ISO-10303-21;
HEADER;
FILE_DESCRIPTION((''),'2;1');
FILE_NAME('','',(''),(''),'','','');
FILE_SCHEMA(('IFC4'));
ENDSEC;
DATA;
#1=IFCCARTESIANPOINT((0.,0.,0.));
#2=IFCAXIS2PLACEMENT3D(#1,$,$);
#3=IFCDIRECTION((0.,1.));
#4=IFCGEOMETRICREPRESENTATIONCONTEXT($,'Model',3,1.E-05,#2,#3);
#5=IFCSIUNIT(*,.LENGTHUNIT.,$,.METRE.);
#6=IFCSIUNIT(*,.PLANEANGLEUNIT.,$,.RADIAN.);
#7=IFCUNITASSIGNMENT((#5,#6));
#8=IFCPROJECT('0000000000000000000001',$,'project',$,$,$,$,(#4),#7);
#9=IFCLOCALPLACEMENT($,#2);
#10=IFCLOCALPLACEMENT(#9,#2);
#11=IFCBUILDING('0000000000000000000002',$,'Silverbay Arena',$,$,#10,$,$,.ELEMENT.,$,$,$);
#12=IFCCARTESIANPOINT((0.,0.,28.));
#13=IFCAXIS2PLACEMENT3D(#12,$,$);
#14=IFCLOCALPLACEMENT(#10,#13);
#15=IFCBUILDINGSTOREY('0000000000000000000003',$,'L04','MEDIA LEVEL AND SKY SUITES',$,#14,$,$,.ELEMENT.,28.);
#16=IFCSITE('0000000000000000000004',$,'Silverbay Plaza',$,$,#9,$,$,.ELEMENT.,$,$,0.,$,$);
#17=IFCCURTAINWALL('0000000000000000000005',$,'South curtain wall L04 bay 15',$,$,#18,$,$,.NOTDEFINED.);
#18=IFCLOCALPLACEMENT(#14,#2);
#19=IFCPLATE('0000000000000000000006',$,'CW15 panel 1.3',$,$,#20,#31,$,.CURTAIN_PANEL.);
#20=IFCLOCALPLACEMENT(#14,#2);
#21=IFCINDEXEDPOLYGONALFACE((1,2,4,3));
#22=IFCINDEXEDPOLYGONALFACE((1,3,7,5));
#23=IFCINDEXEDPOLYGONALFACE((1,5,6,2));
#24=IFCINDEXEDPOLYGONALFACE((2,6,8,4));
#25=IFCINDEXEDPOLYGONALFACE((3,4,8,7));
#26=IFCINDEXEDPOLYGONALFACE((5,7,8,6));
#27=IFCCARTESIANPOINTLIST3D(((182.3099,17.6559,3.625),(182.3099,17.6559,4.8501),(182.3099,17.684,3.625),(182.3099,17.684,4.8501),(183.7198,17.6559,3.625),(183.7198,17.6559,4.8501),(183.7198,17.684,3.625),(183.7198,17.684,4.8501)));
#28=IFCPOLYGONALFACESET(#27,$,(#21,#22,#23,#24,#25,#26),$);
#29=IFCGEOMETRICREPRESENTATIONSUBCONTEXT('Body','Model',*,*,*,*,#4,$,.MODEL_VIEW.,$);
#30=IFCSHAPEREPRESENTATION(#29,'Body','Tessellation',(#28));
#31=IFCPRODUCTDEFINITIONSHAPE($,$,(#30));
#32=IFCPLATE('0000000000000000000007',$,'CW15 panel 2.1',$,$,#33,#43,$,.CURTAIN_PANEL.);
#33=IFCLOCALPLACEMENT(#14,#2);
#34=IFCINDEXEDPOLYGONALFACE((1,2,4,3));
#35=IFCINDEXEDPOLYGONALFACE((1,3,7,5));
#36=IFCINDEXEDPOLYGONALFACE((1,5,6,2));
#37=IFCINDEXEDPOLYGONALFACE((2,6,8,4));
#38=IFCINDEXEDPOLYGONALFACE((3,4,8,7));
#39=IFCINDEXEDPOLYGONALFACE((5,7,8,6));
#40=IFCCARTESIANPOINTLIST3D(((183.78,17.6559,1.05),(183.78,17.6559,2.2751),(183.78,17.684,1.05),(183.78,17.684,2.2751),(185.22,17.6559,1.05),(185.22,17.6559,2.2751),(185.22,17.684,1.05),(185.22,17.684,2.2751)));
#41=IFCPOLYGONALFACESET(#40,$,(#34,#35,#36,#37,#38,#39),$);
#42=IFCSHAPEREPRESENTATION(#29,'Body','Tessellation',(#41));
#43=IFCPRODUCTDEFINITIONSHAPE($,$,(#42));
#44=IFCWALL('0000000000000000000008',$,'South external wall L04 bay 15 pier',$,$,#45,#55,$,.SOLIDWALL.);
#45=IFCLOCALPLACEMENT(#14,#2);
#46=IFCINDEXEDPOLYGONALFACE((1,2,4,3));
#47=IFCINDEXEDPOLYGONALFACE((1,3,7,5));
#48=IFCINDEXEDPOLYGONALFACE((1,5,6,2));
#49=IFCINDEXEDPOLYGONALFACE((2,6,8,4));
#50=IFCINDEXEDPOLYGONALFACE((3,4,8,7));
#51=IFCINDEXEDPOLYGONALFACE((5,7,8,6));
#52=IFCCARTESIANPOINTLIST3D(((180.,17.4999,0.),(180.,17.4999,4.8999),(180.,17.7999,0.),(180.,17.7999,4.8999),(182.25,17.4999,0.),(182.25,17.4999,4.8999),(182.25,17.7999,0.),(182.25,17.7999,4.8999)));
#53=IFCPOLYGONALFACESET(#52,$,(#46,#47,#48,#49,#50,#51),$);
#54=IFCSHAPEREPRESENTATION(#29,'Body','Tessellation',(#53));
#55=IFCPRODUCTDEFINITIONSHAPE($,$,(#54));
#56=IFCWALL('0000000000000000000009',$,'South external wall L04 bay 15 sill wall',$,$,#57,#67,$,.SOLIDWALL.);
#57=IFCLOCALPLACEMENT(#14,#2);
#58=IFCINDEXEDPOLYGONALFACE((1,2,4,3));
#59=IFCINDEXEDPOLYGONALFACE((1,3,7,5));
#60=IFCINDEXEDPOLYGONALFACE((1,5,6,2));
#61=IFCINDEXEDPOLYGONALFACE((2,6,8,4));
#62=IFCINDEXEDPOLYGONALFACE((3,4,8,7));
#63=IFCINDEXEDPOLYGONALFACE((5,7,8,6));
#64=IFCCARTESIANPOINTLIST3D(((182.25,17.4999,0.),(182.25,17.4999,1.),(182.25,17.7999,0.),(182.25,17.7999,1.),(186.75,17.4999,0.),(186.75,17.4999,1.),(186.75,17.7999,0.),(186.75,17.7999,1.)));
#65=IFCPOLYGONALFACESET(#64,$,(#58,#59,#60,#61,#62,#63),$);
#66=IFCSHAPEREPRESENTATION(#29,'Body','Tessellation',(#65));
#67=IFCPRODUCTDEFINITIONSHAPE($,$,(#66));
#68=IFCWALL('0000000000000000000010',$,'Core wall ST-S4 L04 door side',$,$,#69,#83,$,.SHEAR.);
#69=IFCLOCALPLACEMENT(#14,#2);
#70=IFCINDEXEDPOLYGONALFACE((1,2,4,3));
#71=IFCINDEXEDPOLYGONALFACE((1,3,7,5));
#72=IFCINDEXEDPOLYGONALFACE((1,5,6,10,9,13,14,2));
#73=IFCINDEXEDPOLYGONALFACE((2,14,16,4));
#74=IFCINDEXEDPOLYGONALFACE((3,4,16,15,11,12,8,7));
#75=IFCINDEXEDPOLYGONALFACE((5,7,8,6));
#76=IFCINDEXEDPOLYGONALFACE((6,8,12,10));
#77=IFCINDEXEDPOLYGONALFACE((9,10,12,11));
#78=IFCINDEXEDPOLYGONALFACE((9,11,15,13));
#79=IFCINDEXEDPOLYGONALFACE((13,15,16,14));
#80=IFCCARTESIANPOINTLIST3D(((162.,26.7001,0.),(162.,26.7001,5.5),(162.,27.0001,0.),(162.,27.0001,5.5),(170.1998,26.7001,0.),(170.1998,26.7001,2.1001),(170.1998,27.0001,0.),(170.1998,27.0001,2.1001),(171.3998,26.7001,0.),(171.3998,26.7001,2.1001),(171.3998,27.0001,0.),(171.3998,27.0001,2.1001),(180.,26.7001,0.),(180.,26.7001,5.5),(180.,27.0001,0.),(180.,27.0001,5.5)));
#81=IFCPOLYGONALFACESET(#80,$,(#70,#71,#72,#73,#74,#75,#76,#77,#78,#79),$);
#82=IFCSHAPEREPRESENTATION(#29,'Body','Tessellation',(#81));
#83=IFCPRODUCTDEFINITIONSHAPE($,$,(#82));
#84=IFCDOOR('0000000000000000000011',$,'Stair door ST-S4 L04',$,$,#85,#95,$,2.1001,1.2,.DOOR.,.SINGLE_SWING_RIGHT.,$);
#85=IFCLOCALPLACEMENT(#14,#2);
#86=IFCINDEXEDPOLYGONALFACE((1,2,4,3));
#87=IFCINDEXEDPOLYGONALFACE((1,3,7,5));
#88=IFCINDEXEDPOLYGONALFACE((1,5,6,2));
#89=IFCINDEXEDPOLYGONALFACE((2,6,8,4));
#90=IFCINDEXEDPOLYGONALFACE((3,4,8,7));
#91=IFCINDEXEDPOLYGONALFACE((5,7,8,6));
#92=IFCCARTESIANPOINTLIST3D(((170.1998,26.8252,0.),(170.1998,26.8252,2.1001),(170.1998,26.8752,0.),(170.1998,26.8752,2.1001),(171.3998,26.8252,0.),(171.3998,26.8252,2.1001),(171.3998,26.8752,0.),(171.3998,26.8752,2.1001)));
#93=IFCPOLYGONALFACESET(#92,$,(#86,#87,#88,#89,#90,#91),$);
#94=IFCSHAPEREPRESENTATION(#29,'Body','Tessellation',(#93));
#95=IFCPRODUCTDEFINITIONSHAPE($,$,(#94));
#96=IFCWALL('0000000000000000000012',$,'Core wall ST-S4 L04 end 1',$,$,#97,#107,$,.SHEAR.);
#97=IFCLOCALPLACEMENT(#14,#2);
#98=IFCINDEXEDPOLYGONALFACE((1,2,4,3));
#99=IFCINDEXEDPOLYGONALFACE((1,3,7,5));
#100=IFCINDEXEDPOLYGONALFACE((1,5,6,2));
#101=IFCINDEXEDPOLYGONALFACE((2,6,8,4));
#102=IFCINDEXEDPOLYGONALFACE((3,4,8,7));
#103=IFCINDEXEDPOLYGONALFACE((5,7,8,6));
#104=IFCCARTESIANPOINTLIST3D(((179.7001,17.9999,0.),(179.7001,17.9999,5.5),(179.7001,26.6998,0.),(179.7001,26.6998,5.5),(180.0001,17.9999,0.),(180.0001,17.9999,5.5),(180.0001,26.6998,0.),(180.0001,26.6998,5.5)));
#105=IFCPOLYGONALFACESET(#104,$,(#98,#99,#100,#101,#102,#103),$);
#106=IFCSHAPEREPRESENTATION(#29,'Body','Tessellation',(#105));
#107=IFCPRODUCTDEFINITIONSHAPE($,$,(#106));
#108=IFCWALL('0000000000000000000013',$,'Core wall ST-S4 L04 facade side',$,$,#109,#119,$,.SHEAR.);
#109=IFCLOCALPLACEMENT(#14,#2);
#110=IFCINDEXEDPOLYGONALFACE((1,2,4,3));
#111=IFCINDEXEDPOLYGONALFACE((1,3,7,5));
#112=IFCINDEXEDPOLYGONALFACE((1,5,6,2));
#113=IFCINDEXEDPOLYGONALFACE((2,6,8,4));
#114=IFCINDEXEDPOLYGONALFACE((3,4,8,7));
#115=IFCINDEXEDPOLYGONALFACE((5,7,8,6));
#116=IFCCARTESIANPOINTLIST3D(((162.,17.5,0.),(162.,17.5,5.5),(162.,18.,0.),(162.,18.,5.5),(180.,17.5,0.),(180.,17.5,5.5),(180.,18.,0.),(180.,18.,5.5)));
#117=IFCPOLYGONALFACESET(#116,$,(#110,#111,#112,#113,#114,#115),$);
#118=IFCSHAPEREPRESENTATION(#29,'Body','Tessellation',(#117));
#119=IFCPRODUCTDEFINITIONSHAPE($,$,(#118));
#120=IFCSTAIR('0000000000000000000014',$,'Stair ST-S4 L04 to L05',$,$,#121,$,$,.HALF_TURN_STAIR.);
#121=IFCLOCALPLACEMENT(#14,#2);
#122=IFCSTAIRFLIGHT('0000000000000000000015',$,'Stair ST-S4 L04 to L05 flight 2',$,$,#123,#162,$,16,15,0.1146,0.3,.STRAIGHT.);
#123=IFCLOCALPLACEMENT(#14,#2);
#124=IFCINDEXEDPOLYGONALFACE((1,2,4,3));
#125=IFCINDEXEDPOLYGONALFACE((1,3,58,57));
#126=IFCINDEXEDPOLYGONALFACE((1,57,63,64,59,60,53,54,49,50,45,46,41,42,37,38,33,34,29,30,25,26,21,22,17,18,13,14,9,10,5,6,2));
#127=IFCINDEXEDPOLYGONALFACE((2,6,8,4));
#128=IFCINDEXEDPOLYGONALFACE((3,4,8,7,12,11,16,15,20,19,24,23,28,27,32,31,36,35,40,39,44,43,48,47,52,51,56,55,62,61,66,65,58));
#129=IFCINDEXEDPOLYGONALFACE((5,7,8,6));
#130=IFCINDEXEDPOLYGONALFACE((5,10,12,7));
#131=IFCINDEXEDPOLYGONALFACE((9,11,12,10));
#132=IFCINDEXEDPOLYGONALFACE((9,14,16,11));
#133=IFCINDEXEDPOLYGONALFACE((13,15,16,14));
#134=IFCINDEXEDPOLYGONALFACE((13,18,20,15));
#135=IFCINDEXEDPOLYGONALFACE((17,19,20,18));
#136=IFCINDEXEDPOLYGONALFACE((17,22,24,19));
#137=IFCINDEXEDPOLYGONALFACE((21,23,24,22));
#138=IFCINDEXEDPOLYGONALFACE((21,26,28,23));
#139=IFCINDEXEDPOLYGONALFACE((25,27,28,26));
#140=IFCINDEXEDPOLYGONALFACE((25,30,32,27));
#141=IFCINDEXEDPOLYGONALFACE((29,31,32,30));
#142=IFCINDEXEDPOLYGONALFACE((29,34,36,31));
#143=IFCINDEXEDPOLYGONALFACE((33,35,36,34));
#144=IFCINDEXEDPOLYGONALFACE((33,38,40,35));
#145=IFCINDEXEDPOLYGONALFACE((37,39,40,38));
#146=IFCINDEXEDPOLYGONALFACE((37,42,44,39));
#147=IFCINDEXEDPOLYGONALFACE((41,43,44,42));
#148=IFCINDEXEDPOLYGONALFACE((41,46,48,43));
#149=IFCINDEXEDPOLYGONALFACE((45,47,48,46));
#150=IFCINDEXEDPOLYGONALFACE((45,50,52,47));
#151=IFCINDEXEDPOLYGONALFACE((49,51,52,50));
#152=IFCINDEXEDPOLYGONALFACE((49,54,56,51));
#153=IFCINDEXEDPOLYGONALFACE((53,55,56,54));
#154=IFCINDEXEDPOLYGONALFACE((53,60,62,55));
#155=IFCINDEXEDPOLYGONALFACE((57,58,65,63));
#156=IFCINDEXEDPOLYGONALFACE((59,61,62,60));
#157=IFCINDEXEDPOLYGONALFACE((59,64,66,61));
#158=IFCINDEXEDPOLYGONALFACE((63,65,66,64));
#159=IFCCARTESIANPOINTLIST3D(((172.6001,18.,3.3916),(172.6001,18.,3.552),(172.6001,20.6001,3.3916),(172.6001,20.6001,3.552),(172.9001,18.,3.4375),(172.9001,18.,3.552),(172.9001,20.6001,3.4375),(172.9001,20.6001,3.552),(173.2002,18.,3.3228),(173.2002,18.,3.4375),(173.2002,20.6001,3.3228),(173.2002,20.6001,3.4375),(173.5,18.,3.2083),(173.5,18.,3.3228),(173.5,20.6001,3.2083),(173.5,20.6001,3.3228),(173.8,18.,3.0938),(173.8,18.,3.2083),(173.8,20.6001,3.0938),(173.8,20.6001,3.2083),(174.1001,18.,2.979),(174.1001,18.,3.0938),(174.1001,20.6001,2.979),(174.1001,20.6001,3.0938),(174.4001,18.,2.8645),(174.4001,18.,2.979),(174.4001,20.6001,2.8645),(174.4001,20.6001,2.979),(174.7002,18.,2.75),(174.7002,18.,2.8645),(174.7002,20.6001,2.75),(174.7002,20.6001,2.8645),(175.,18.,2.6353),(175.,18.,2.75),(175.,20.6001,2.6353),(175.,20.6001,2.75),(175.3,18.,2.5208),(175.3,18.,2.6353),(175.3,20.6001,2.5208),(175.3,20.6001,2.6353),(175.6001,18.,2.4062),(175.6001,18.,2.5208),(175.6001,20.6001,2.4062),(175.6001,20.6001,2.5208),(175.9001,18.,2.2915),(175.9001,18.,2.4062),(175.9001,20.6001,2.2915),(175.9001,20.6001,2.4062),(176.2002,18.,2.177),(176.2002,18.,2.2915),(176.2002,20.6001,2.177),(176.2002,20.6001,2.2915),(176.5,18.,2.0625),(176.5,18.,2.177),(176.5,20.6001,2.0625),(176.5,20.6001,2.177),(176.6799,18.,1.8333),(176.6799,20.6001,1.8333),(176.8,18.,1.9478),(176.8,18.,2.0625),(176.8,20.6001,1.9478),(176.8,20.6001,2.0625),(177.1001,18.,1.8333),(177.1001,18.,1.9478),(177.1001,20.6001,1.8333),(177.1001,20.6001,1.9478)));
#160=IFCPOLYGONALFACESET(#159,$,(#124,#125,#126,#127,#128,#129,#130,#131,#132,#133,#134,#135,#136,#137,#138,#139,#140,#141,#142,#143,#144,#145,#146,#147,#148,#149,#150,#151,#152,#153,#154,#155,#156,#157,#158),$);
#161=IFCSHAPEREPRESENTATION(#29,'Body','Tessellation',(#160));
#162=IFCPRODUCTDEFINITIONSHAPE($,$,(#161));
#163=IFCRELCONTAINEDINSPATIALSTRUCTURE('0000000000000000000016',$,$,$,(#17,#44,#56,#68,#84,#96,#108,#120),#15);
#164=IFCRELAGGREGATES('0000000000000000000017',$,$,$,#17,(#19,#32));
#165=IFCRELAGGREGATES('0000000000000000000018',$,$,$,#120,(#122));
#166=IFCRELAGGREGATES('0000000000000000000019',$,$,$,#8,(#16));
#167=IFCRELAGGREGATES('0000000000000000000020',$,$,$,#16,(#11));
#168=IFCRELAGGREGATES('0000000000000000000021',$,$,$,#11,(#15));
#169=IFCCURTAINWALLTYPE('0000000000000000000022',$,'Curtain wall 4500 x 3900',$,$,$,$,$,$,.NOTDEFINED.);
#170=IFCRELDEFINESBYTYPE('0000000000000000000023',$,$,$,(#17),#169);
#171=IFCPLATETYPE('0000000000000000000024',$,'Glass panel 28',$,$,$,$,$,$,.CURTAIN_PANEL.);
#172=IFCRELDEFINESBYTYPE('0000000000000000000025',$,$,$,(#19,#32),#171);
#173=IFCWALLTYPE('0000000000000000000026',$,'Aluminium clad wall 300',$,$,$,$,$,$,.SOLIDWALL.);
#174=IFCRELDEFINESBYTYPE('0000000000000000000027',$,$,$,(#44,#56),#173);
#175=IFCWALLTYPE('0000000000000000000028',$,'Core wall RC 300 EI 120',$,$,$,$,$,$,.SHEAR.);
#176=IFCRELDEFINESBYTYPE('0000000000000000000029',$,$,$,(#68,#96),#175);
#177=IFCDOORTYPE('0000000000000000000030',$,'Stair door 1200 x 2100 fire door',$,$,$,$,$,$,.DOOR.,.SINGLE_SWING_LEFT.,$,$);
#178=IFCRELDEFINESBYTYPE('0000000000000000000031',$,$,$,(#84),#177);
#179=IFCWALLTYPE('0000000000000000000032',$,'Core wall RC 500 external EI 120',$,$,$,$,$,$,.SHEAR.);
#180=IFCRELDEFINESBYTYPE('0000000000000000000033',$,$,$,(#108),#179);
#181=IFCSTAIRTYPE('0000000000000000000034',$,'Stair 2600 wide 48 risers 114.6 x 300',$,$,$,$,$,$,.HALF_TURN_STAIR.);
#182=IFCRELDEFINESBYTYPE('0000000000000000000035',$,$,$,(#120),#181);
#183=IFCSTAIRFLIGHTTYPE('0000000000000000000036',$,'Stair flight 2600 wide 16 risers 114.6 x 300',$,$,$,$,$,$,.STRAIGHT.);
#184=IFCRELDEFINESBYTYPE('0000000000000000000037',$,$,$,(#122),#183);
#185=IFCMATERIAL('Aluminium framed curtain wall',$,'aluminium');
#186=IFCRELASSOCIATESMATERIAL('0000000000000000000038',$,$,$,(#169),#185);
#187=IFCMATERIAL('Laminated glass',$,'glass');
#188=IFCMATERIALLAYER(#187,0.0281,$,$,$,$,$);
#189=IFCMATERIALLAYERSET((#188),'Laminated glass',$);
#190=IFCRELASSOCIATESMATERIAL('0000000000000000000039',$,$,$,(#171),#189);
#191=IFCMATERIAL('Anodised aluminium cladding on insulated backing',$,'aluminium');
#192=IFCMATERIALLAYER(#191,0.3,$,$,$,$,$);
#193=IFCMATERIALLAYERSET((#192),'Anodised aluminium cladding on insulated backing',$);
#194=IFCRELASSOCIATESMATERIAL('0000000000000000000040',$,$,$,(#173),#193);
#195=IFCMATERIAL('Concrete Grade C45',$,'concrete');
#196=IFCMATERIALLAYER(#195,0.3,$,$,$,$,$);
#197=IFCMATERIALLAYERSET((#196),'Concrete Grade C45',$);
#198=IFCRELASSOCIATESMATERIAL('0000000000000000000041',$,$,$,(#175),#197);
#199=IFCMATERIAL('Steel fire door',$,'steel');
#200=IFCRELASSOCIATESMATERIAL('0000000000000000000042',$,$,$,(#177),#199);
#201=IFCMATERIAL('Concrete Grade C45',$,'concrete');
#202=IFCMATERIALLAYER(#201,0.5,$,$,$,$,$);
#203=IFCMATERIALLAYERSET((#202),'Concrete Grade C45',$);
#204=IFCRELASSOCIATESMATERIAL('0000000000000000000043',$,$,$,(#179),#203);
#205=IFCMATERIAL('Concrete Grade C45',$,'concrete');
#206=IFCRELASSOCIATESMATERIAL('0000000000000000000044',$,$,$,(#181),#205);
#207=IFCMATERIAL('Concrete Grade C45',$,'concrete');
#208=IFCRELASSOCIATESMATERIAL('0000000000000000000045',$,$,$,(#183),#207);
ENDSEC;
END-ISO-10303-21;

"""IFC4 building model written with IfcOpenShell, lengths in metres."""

from ifc_helpers import new_model, si_unit, direction, frame, frame_2d, origin, origin_2d, place, context, subcontext, project, spatial, polyline, rectangle, outline, extrude, material, layer, layer_set, type_object, element, fill, aggregate, save


model = new_model("IFC4")

# Units and contexts
model_context = context("Model", 3, precision=1e-05, world=origin(), true_north=direction((0.0, 1.0)))
body_context = subcontext(model_context, "Body", "Model", "MODEL_VIEW")
ifc_project = project(units=[si_unit("LENGTHUNIT", "METRE"), si_unit("PLANEANGLEUNIT", "RADIAN")], contexts=[model_context])

# Site, building, storey
site_placement = place(None, origin())
site = spatial("IfcSite", under=ifc_project, at=site_placement, Name="Silverbay Plaza", CompositionType="ELEMENT", RefElevation=0.0)
building_placement = place(site_placement, origin())
building = spatial("IfcBuilding", under=site, at=building_placement, Name="Silverbay Arena", CompositionType="ELEMENT")
storey_placement = place(building_placement, frame((0.0, 0.0, 28.0)))
storey = spatial("IfcBuildingStorey", under=building, at=storey_placement, Name="L04", Description="MEDIA LEVEL AND SKY SUITES", CompositionType="ELEMENT", Elevation=28.0)

# Curtain wall
ifc_material_1 = material(Name="Aluminium framed curtain wall", Category="aluminium")
curtain_wall_type = type_object("IfcCurtainWallType", Name="Curtain wall 4500 x 3900", PredefinedType="NOTDEFINED", material=ifc_material_1)
curtain_wall_placement = place(storey_placement, origin())
curtain_wall = element("IfcCurtainWall", 1, at=curtain_wall_placement, inside=storey, type_object=curtain_wall_type, Name="South curtain wall L04 bay 15", PredefinedType="NOTDEFINED")

# Plates
ifc_material_2 = material(Name="Laminated glass", Category="glass")
ifc_layer_1 = layer(ifc_material_2, 0.0281)
ifc_layer_set_1 = layer_set([ifc_layer_1], Name="Laminated glass")
plate_type = type_object("IfcPlateType", Name="Glass panel 28", PredefinedType="CURTAIN_PANEL", material=ifc_layer_set_1)
plate_1_placement = place(storey_placement, frame((183.0149, 17.6699, 3.625), z_axis=(0.0, 0.0, 1.0), x_axis=(1.0, 0.0, 0.0)))
plate_1 = element("IfcPlate", 2, at=plate_1_placement, type_object=plate_type, Name="CW15 panel 1.3", PredefinedType="CURTAIN_PANEL", context=body_context, shape_type="SweptSolid", body=[
    extrude(rectangle(XDim=1.4099, YDim=0.0281, at=origin_2d()), origin(), (0.0, 0.0, 1.0), 1.2251),
])
plate_2_placement = place(storey_placement, frame((184.5, 17.6699, 1.05), z_axis=(0.0, 0.0, 1.0), x_axis=(1.0, 0.0, 0.0)))
plate_2 = element("IfcPlate", 3, at=plate_2_placement, type_object=plate_type, Name="CW15 panel 2.1", PredefinedType="CURTAIN_PANEL", context=body_context, shape_type="SweptSolid", body=[
    extrude(rectangle(XDim=1.4399, YDim=0.0281, at=origin_2d()), origin(), (0.0, 0.0, 1.0), 1.2251),
])
aggregate(curtain_wall, [plate_1, plate_2])

# Walls
ifc_material_3 = material(Name="Anodised aluminium cladding on insulated backing", Category="aluminium")
ifc_layer_2 = layer(ifc_material_3, 0.3)
ifc_layer_set_2 = layer_set([ifc_layer_2], Name="Anodised aluminium cladding on insulated backing")
wall_type_1 = type_object("IfcWallType", Name="Aluminium clad wall 300", PredefinedType="SOLIDWALL", material=ifc_layer_set_2)
wall_1_placement = place(storey_placement, frame((180.0, 17.6499, 0.0), z_axis=(0.0, 0.0, 1.0), x_axis=(1.0, 0.0, 0.0)))
element("IfcWall", 4, at=wall_1_placement, inside=storey, type_object=wall_type_1, Name="South external wall L04 bay 15 pier", PredefinedType="SOLIDWALL", context=body_context, shape_type="SweptSolid", body=[
    extrude(rectangle(XDim=2.25, YDim=0.3, at=frame_2d((1.125, 0.0))), origin(), (0.0, 0.0, 1.0), 4.8999),
])
wall_2_placement = place(storey_placement, frame((182.25, 17.6499, 0.0), z_axis=(0.0, 0.0, 1.0), x_axis=(1.0, 0.0, 0.0)))
element("IfcWall", 5, at=wall_2_placement, inside=storey, type_object=wall_type_1, Name="South external wall L04 bay 15 sill wall", PredefinedType="SOLIDWALL", context=body_context, shape_type="SweptSolid", body=[
    extrude(rectangle(XDim=4.5, YDim=0.3, at=frame_2d((2.25, 0.0))), origin(), (0.0, 0.0, 1.0), 1.0),
])

# Wall, opening, door
ifc_material_4 = material(Name="Concrete Grade C45", Category="concrete")
ifc_layer_3 = layer(ifc_material_4, 0.3)
ifc_layer_set_3 = layer_set([ifc_layer_3], Name="Concrete Grade C45")
wall_type_2 = type_object("IfcWallType", Name="Core wall RC 300 EI 120", PredefinedType="SHEAR", material=ifc_layer_set_3)
wall_3_placement = place(storey_placement, frame((180.0, 26.8501, 0.0), z_axis=(0.0, 0.0, 1.0), x_axis=(-1.0, 0.0, 0.0)))
wall_3 = element("IfcWall", 6, at=wall_3_placement, inside=storey, type_object=wall_type_2, Name="Core wall ST-S4 L04 door side", PredefinedType="SHEAR", context=body_context, shape_type="SweptSolid", body=[
    extrude(rectangle(XDim=18.0, YDim=0.3, at=frame_2d((9.0, 0.0))), origin(), (0.0, 0.0, 1.0), 5.5),
])
opening_placement = place(wall_3_placement, frame((8.6001, 0.0, 0.0)))
opening = element("IfcOpeningElement", 7, at=opening_placement, cuts=wall_3, PredefinedType="OPENING", context=body_context, shape_type="SweptSolid", body=[
    extrude(rectangle(XDim=1.2, YDim=2.1001, at=frame_2d((0.6001, 1.05))), frame((0.0, 0.1602, 0.0), z_axis=(0.0, -1.0, 0.0), x_axis=(1.0, 0.0, 0.0)), (0.0, 0.0, 1.0), 0.3201),
])
ifc_material_5 = material(Name="Steel fire door", Category="steel")
door_type = type_object("IfcDoorType", Name="Stair door 1200 x 2100 fire door", OperationType="SINGLE_SWING_LEFT", PredefinedType="DOOR", material=ifc_material_5)
door_placement = place(opening_placement, origin())
door = element("IfcDoor", 8, at=door_placement, inside=storey, type_object=door_type, Name="Stair door ST-S4 L04", OperationType="SINGLE_SWING_RIGHT", OverallHeight=2.1001, OverallWidth=1.2, PredefinedType="DOOR", context=body_context, shape_type="SweptSolid", body=[
    extrude(rectangle(XDim=1.2, YDim=2.1001, at=frame_2d((0.6001, 1.05))), frame((0.0, 0.0249, 0.0), z_axis=(0.0, -1.0, 0.0), x_axis=(1.0, 0.0, 0.0)), (0.0, 0.0, 1.0), 0.05),
])
fill(opening, door)

# Walls
wall_4_placement = place(storey_placement, frame((179.8501, 26.7, 0.0), z_axis=(0.0, 0.0, 1.0), x_axis=(0.0, -1.0, 0.0)))
element("IfcWall", 9, at=wall_4_placement, inside=storey, type_object=wall_type_2, Name="Core wall ST-S4 L04 end 1", PredefinedType="SHEAR", context=body_context, shape_type="SweptSolid", body=[
    extrude(rectangle(XDim=8.7, YDim=0.3, at=frame_2d((4.3501, 0.0))), origin(), (0.0, 0.0, 1.0), 5.5),
])
ifc_material_6 = material(Name="Concrete Grade C45", Category="concrete")
ifc_layer_4 = layer(ifc_material_6, 0.5)
ifc_layer_set_4 = layer_set([ifc_layer_4], Name="Concrete Grade C45")
wall_type_3 = type_object("IfcWallType", Name="Core wall RC 500 external EI 120", PredefinedType="SHEAR", material=ifc_layer_set_4)
wall_5_placement = place(storey_placement, frame((180.0, 17.75, 0.0), z_axis=(0.0, 0.0, 1.0), x_axis=(-1.0, 0.0, 0.0)))
element("IfcWall", 10, at=wall_5_placement, inside=storey, type_object=wall_type_3, Name="Core wall ST-S4 L04 facade side", PredefinedType="SHEAR", context=body_context, shape_type="SweptSolid", body=[
    extrude(rectangle(XDim=18.0, YDim=0.5, at=frame_2d((9.0, 0.0))), origin(), (0.0, 0.0, 1.0), 5.5),
])

# Stair, stair flight
ifc_material_7 = material(Name="Concrete Grade C45", Category="concrete")
stair_type = type_object("IfcStairType", Name="Stair 2600 wide 48 risers 114.6 x 300", PredefinedType="HALF_TURN_STAIR", material=ifc_material_7)
stair_placement = place(storey_placement, origin())
stair = element("IfcStair", 11, at=stair_placement, inside=storey, type_object=stair_type, Name="Stair ST-S4 L04 to L05", PredefinedType="HALF_TURN_STAIR")
ifc_material_8 = material(Name="Concrete Grade C45", Category="concrete")
stair_flight_type = type_object("IfcStairFlightType", Name="Stair flight 2600 wide 16 risers 114.6 x 300", PredefinedType="STRAIGHT", material=ifc_material_8)
stair_flight_placement = place(storey_placement, frame((177.1001, 19.3, 1.8333), z_axis=(0.0, 0.0, 1.0), x_axis=(-1.0, 0.0, 0.0)))
stair_flight = element("IfcStairFlight", 12, at=stair_flight_placement, type_object=stair_flight_type, Name="Stair ST-S4 L04 to L05 flight 2", NumberOfRisers=16, NumberOfTreads=15, PredefinedType="STRAIGHT", RiserHeight=0.1146, TreadLength=0.3, context=body_context, shape_type="SweptSolid", body=[
    extrude(outline(polyline([(0.0, 0.0), (0.0, 0.1145), (0.3, 0.1145), (0.3, 0.2292), (0.6001, 0.2292), (0.6001, 0.3438), (0.8999, 0.3438), (0.8999, 0.4583), (1.2, 0.4583), (1.2, 0.573), (1.5, 0.573), (1.5, 0.6875), (1.8, 0.6875), (1.8, 0.802), (2.1001, 0.802), (2.1001, 0.9167), (2.3999, 0.9167), (2.3999, 1.0312), (2.7, 1.0312), (2.7, 1.1458), (3.0, 1.1458), (3.0, 1.2605), (3.3, 1.2605), (3.3, 1.375), (3.6001, 1.375), (3.6001, 1.4895), (3.8999, 1.4895), (3.8999, 1.6042), (4.2, 1.6042), (4.2, 1.7188), (4.5, 1.7188), (4.5, 1.5583), (0.4202, 0.0), (0.0, 0.0)])), frame((0.0, 1.3, 0.0), z_axis=(0.0, -1.0, 0.0), x_axis=(1.0, 0.0, 0.0)), (0.0, 0.0, 1.0), 2.6001),
])
aggregate(stair, [stair_flight])

save(model, "model.ifc")
